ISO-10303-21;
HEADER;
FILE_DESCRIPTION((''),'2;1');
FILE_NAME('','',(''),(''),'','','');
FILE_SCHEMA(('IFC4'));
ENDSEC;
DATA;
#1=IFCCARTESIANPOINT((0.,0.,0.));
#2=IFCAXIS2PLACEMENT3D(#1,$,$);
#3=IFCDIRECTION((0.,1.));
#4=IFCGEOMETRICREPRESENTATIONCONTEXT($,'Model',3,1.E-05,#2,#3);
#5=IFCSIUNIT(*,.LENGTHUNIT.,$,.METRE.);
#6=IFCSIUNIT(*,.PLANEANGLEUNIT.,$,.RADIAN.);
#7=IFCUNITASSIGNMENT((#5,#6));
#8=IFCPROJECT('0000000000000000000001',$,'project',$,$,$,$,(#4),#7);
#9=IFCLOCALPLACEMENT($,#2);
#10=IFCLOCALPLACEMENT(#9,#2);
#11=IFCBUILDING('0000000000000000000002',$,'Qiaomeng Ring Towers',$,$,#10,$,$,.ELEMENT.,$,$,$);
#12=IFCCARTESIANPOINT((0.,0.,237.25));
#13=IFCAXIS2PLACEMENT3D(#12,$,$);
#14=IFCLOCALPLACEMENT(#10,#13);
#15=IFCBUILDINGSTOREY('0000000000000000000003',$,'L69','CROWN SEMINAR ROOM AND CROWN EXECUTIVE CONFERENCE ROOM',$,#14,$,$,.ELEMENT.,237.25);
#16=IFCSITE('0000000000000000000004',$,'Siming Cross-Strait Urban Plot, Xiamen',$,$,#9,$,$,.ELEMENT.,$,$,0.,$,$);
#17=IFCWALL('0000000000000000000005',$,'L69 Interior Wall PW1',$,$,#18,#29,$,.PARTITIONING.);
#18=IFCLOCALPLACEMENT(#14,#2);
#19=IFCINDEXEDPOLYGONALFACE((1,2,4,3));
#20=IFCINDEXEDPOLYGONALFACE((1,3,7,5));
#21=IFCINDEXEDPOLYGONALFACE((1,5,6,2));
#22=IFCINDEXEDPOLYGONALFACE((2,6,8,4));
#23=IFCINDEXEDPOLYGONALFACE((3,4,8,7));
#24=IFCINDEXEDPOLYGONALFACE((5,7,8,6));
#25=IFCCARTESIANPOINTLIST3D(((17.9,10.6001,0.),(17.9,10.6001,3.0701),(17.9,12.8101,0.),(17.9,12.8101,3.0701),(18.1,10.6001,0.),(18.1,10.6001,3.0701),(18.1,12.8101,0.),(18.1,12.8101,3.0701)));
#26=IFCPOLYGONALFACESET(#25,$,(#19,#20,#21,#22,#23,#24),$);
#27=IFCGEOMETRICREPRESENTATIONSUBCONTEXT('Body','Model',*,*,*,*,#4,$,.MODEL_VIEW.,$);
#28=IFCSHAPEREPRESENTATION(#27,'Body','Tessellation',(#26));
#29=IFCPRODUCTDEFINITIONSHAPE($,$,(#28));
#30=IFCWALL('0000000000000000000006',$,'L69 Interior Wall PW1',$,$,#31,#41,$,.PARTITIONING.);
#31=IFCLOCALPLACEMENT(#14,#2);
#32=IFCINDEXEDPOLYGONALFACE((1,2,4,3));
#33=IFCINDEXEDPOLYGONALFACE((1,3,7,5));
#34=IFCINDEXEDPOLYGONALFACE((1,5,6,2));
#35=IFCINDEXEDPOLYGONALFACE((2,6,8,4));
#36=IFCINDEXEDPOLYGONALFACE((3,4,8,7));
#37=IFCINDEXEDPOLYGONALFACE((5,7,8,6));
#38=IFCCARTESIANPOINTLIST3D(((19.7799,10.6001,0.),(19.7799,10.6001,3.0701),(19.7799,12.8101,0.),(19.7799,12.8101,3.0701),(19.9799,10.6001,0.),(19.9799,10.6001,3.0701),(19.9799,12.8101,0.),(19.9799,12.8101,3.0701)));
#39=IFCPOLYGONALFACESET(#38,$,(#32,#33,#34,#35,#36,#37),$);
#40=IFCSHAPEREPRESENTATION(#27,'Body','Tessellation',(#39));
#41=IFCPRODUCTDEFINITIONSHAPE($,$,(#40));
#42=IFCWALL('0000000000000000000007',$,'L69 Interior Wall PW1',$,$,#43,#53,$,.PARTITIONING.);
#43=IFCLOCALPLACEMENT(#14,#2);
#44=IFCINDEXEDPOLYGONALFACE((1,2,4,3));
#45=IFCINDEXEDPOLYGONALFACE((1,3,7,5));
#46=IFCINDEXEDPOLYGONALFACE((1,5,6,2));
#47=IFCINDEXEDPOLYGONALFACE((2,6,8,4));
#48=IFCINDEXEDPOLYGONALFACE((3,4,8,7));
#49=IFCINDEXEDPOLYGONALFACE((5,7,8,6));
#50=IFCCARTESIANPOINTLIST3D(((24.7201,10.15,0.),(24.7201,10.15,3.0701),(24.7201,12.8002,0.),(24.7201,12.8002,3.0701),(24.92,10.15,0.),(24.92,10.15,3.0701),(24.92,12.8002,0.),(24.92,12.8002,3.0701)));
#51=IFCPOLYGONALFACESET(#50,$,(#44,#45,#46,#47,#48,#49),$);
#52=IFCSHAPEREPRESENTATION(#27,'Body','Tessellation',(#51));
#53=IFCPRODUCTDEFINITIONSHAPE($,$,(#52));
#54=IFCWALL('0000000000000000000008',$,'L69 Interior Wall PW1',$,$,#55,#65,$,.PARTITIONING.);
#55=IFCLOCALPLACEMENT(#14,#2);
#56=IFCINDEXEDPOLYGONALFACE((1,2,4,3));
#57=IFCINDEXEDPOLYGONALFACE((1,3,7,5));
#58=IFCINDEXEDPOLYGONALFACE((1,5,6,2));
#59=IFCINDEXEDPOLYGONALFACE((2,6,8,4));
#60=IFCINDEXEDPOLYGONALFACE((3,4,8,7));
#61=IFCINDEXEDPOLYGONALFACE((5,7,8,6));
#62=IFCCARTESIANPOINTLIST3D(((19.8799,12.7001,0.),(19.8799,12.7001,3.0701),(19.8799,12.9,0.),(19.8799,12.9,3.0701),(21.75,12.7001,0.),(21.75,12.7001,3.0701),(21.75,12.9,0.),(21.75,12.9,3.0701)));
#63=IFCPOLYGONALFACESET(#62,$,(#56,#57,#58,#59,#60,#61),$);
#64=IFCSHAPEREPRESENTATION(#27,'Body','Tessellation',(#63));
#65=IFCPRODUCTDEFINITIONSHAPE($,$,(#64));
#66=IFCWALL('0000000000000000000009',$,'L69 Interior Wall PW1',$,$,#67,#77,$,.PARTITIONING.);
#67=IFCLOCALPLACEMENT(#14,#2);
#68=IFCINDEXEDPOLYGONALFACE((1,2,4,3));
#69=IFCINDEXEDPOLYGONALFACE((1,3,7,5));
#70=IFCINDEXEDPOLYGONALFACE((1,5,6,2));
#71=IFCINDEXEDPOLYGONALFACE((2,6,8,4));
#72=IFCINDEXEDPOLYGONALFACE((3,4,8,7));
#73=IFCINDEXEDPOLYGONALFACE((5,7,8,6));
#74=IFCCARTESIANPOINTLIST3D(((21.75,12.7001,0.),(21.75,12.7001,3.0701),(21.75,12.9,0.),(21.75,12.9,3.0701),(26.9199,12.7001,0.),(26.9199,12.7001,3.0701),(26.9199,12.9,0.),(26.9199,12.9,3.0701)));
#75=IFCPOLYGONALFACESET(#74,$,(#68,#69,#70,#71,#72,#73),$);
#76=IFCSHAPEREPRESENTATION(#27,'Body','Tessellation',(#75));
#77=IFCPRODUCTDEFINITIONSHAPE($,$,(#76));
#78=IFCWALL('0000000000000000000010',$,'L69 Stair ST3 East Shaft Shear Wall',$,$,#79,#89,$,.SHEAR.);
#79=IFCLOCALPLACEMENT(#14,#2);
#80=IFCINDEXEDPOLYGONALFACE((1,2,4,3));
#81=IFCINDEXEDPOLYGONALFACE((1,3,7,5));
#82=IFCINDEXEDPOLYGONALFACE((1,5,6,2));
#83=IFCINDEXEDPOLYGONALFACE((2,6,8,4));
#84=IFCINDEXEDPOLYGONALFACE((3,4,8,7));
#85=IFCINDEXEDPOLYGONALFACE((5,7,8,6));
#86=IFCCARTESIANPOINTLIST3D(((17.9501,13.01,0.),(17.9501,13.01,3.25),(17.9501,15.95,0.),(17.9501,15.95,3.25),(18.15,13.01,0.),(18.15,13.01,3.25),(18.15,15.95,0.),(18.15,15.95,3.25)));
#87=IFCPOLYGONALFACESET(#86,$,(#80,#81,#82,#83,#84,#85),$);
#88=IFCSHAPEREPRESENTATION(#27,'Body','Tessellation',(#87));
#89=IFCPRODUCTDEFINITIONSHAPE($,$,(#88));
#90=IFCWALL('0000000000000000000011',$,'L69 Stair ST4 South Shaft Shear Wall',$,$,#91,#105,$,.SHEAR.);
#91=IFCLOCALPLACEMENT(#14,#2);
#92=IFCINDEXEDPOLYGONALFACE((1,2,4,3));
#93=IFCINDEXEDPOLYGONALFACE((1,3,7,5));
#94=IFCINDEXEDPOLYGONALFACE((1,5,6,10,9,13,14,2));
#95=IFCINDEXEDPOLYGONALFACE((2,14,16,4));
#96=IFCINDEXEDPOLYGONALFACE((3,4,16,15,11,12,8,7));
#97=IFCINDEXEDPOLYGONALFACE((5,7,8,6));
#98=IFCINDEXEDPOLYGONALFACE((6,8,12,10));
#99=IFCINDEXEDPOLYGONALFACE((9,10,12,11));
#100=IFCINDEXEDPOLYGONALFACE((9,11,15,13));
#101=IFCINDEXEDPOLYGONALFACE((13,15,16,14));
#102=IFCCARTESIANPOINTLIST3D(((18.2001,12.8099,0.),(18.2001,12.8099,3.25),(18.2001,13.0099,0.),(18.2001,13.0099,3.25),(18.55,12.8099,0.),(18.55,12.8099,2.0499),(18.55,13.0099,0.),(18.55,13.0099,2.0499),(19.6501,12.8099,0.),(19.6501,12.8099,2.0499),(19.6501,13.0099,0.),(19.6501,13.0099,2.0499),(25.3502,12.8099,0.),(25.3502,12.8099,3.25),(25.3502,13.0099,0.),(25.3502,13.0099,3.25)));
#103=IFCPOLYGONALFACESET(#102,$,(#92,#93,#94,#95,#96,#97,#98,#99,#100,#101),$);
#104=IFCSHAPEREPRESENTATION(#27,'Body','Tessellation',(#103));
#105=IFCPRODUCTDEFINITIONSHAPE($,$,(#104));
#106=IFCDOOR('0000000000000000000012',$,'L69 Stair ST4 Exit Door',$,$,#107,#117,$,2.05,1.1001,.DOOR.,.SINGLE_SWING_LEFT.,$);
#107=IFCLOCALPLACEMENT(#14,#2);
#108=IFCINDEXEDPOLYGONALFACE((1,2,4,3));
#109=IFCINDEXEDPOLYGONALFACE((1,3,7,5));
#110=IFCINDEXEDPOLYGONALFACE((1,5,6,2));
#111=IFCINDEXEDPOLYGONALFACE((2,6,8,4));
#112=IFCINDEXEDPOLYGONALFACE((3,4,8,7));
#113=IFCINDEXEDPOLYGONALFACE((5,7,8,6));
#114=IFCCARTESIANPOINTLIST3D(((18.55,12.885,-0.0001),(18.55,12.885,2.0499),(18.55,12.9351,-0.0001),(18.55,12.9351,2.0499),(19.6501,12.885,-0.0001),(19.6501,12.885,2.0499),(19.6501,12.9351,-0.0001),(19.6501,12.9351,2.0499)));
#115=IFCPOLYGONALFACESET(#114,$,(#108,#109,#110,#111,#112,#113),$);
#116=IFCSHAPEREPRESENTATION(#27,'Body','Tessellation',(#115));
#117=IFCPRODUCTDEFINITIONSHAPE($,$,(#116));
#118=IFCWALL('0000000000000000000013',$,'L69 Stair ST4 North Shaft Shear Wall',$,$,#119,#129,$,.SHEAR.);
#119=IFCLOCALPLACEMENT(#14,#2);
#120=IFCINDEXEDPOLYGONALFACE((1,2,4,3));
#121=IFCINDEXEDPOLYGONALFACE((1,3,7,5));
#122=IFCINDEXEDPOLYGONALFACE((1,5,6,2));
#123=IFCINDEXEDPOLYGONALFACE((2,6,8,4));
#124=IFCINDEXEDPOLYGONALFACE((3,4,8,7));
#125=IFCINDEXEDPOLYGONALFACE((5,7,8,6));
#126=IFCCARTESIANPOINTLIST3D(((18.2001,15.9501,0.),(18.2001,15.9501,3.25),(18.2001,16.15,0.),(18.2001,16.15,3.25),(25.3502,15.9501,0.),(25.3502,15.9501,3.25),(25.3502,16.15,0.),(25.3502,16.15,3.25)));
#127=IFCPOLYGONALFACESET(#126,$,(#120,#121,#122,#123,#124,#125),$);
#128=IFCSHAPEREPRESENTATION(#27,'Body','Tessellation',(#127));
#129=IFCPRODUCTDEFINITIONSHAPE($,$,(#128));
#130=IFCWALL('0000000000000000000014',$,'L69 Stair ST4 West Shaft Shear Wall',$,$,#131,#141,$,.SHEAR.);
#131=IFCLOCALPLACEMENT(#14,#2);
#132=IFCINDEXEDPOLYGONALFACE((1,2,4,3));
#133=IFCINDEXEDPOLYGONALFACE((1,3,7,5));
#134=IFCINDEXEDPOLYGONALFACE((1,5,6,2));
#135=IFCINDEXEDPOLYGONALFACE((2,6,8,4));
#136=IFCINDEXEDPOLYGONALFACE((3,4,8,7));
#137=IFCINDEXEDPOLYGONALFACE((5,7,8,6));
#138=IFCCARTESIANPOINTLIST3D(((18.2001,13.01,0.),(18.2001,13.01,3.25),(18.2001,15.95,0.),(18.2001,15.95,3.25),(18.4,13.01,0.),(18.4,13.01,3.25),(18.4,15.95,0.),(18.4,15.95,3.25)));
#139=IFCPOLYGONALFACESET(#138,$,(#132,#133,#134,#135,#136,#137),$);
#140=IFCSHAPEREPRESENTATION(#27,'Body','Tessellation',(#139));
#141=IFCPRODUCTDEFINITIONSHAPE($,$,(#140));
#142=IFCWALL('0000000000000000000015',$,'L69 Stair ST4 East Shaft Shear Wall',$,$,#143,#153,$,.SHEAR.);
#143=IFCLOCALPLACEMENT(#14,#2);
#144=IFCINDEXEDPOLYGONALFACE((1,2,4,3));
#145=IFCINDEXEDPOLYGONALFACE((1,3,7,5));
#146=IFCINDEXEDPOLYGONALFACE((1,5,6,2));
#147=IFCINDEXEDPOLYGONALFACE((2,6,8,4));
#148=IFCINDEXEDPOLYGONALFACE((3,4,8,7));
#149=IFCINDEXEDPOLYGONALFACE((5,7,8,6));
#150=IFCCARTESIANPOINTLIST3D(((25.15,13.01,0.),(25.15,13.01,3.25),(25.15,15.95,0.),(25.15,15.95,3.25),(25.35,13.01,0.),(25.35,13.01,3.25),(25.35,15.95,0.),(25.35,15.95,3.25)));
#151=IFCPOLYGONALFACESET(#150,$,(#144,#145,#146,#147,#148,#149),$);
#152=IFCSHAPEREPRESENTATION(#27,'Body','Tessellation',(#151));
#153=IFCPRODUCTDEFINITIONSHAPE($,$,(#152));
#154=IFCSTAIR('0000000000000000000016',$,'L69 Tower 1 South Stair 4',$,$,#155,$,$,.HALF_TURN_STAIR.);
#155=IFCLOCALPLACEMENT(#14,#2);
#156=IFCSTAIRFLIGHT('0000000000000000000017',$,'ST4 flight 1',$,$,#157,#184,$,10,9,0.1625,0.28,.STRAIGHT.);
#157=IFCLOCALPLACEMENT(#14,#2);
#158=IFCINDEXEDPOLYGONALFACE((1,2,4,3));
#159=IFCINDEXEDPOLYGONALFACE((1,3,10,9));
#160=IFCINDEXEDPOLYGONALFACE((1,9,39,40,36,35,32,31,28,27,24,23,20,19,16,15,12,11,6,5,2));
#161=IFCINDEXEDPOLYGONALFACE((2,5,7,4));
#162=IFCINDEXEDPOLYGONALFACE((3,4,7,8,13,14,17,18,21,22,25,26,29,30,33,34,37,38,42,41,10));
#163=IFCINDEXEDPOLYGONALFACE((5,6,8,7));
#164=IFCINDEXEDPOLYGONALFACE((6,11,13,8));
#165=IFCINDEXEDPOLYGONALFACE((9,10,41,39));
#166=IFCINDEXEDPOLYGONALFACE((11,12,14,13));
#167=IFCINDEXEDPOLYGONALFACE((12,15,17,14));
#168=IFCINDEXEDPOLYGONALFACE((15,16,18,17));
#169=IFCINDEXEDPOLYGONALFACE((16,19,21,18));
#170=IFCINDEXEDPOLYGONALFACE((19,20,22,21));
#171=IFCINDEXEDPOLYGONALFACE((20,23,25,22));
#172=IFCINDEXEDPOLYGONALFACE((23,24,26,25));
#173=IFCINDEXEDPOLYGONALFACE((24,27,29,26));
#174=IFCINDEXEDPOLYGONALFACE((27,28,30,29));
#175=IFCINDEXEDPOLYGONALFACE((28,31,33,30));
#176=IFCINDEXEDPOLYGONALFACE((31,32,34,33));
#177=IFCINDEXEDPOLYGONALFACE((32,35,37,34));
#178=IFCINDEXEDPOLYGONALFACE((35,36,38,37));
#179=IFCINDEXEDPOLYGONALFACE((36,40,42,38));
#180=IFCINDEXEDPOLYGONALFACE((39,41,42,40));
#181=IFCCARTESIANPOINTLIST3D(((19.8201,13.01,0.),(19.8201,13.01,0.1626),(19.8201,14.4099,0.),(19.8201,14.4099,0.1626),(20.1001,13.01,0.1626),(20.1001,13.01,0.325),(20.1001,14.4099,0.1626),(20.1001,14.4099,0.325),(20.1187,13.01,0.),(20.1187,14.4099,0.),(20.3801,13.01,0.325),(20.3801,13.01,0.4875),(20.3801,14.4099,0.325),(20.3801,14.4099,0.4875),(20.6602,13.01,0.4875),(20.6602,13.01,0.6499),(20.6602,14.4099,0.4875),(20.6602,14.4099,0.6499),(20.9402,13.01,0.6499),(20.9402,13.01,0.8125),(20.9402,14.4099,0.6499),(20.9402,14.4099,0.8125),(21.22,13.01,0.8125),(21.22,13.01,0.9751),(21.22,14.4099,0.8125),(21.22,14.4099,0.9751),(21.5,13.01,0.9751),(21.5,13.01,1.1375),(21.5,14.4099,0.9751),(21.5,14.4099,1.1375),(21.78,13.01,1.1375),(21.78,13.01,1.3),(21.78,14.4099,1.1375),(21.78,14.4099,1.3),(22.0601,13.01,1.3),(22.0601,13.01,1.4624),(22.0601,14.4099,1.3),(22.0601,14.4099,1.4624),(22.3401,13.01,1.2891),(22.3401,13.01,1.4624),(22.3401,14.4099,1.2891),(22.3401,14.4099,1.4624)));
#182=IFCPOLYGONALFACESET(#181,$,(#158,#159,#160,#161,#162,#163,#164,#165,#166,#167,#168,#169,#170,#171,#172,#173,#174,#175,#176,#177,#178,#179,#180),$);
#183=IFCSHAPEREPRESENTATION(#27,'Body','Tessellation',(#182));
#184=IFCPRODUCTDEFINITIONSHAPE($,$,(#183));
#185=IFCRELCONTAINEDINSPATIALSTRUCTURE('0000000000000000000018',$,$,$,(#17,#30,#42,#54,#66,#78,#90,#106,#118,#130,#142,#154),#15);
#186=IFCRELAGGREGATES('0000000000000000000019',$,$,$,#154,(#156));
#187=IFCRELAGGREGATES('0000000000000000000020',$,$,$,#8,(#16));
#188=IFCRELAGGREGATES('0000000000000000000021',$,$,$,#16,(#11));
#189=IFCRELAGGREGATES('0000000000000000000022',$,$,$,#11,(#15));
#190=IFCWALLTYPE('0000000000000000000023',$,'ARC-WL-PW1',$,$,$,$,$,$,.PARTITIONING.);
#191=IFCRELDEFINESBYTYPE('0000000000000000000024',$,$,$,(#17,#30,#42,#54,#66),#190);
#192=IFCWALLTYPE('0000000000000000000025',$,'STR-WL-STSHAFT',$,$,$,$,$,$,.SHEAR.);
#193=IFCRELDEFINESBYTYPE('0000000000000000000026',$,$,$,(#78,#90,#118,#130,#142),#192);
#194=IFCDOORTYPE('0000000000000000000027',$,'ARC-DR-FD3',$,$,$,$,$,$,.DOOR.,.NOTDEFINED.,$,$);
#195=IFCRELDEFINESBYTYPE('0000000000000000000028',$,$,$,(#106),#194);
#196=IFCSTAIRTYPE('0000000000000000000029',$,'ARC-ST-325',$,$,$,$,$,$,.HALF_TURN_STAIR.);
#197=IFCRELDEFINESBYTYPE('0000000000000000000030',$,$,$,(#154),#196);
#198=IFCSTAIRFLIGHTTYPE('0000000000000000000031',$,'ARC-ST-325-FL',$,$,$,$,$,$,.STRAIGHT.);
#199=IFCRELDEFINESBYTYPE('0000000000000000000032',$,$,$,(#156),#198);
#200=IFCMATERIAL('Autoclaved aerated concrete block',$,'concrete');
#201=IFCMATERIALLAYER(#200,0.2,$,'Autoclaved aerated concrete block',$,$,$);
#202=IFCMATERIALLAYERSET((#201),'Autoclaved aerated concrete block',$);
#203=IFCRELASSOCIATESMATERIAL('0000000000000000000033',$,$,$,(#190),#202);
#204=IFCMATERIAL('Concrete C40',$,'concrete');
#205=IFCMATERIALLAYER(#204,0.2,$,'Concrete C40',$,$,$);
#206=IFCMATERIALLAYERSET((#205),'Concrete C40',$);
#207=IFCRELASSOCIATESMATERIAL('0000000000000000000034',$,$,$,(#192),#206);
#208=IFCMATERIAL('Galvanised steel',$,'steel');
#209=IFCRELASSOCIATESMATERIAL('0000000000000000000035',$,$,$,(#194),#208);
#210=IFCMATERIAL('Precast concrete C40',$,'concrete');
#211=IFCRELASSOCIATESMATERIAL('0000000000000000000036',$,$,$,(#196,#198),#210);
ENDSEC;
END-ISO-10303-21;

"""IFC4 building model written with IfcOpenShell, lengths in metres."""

from ifc_helpers import new_model, si_unit, direction, frame, frame_2d, origin, place, context, subcontext, project, spatial, polyline, rectangle, outline, extrude, source, transform, mapped, material, layer, layer_set, type_object, element, fill, aggregate, save


model = new_model("IFC4")

# Units and contexts
model_context = context("Model", 3, precision=1e-05, world=origin(), true_north=direction((0.0, 1.0)))
body_context = subcontext(model_context, "Body", "Model", "MODEL_VIEW")
ifc_project = project(units=[si_unit("LENGTHUNIT", "METRE"), si_unit("PLANEANGLEUNIT", "RADIAN")], contexts=[model_context])

# Site, building, storey
site_placement = place(None, origin())
site = spatial("IfcSite", under=ifc_project, at=site_placement, Name="Siming Cross-Strait Urban Plot, Xiamen", CompositionType="ELEMENT", RefElevation=0.0)
building_placement = place(site_placement, origin())
building = spatial("IfcBuilding", under=site, at=building_placement, Name="Qiaomeng Ring Towers", CompositionType="ELEMENT")
storey_placement = place(building_placement, frame((0.0, 0.0, 237.25)))
storey = spatial("IfcBuildingStorey", under=building, at=storey_placement, Name="L69", Description="CROWN SEMINAR ROOM AND CROWN EXECUTIVE CONFERENCE ROOM", CompositionType="ELEMENT", Elevation=237.25)

# Walls
ifc_material_1 = material(Name="Autoclaved aerated concrete block", Category="concrete")
ifc_layer_1 = layer(ifc_material_1, 0.2, Name="Autoclaved aerated concrete block")
ifc_layer_set_1 = layer_set([ifc_layer_1], Name="Autoclaved aerated concrete block")
wall_type_1 = type_object("IfcWallType", Name="ARC-WL-PW1", PredefinedType="PARTITIONING", material=ifc_layer_set_1)
for number, where, z_axis, x_axis, name in (
    (1, (18.0, 10.6001, 0.0), (0.0, 0.0, 1.0), (0.0, 1.0, 0.0), "L69 Interior Wall PW1"),
    (2, (19.8799, 10.6001, 0.0), (0.0, 0.0, 1.0), (0.0, 1.0, 0.0), "L69 Interior Wall PW1"),
):
    element("IfcWall", number, at=place(storey_placement, frame(where, z_axis=z_axis, x_axis=x_axis)), inside=storey, type_object=wall_type_1, Name=name, PredefinedType="PARTITIONING", context=body_context, shape_type="SweptSolid", body=[
        extrude(rectangle(XDim=2.21, YDim=0.2, at=frame_2d((1.105, 0.0))), origin(), (0.0, 0.0, 1.0), 3.0701),
    ])
wall_1_placement = place(storey_placement, frame((24.8201, 10.1499, 0.0), z_axis=(0.0, 0.0, 1.0), x_axis=(0.0, 1.0, 0.0)))
element("IfcWall", 3, at=wall_1_placement, inside=storey, type_object=wall_type_1, Name="L69 Interior Wall PW1", PredefinedType="PARTITIONING", context=body_context, shape_type="SweptSolid", body=[
    extrude(rectangle(XDim=2.6501, YDim=0.2, at=frame_2d((1.3252, 0.0))), origin(), (0.0, 0.0, 1.0), 3.0701),
])
wall_2_placement = place(storey_placement, frame((19.8799, 12.8, 0.0), z_axis=(0.0, 0.0, 1.0), x_axis=(1.0, 0.0, 0.0)))
element("IfcWall", 4, at=wall_2_placement, inside=storey, type_object=wall_type_1, Name="L69 Interior Wall PW1", PredefinedType="PARTITIONING", context=body_context, shape_type="SweptSolid", body=[
    extrude(rectangle(XDim=1.8701, YDim=0.2, at=frame_2d((0.9351, 0.0))), origin(), (0.0, 0.0, 1.0), 3.0701),
])
wall_3_placement = place(storey_placement, frame((21.75, 12.8, 0.0), z_axis=(0.0, 0.0, 1.0), x_axis=(1.0, 0.0, 0.0)))
element("IfcWall", 5, at=wall_3_placement, inside=storey, type_object=wall_type_1, Name="L69 Interior Wall PW1", PredefinedType="PARTITIONING", context=body_context, shape_type="SweptSolid", body=[
    extrude(rectangle(XDim=5.1699, YDim=0.2, at=frame_2d((2.585, 0.0))), origin(), (0.0, 0.0, 1.0), 3.0701),
])
ifc_material_2 = material(Name="Concrete C40", Category="concrete")
ifc_layer_2 = layer(ifc_material_2, 0.2, Name="Concrete C40")
ifc_layer_set_2 = layer_set([ifc_layer_2], Name="Concrete C40")
wall_type_2 = type_object("IfcWallType", Name="STR-WL-STSHAFT", PredefinedType="SHEAR", material=ifc_layer_set_2)
wall_4_placement = place(storey_placement, frame((18.05, 13.01, 0.0), z_axis=(0.0, 0.0, 1.0), x_axis=(0.0, 1.0, 0.0)))
element("IfcWall", 6, at=wall_4_placement, inside=storey, type_object=wall_type_2, Name="L69 Stair ST3 East Shaft Shear Wall", PredefinedType="SHEAR", context=body_context, shape_type="SweptSolid", body=[
    extrude(rectangle(XDim=2.9399, YDim=0.2, at=frame_2d((1.47, 0.0))), origin(), (0.0, 0.0, 1.0), 3.25),
])

# Wall, opening, door
wall_5_placement = place(storey_placement, frame((18.2, 12.9099, 0.0), z_axis=(0.0, 0.0, 1.0), x_axis=(1.0, 0.0, 0.0)))
wall_5 = element("IfcWall", 7, at=wall_5_placement, inside=storey, type_object=wall_type_2, Name="L69 Stair ST4 South Shaft Shear Wall", PredefinedType="SHEAR", context=body_context, shape_type="SweptSolid", body=[
    extrude(rectangle(XDim=7.1501, YDim=0.2, at=frame_2d((3.5752, 0.0))), origin(), (0.0, 0.0, 1.0), 3.25),
])
opening_placement = place(wall_5_placement, frame((0.3501, 0.0, 0.0)))
opening = element("IfcOpeningElement", 8, at=opening_placement, cuts=wall_5, PredefinedType="OPENING", context=body_context, shape_type="SweptSolid", body=[
    extrude(rectangle(XDim=1.1001, YDim=2.05, at=frame_2d((0.55, 1.0249))), frame((0.0, 0.1099, 0.0), z_axis=(0.0, -1.0, 0.0), x_axis=(1.0, 0.0, 0.0)), (0.0, 0.0, 1.0), 0.22),
])
ifc_material_3 = material(Name="Galvanised steel", Category="steel")
door_type = type_object("IfcDoorType", Name="ARC-DR-FD3", OperationType="NOTDEFINED", PredefinedType="DOOR", material=ifc_material_3)
shared_shape_1 = source(origin(), body_context, "Body", "SweptSolid", [
    extrude(rectangle(XDim=1.1001, YDim=2.05, at=frame_2d((0.55, 1.0249))), frame((0.0, 0.0249, 0.0), z_axis=(0.0, -1.0, 0.0), x_axis=(1.0, 0.0, 0.0)), (0.0, 0.0, 1.0), 0.05),
])
door_placement = place(opening_placement, frame((1.1001, 0.0, 0.0), z_axis=(0.0, 0.0, 1.0), x_axis=(-1.0, 0.0, 0.0)))
door = element("IfcDoor", 9, at=door_placement, inside=storey, type_object=door_type, Name="L69 Stair ST4 Exit Door", OperationType="SINGLE_SWING_LEFT", OverallHeight=2.05, OverallWidth=1.1001, PredefinedType="DOOR", context=body_context, shape_type="MappedRepresentation", body=[
    mapped(shared_shape_1, transform((0.0, 0.0, 0.0), x_axis=(1.0, 0.0, 0.0), y_axis=(0.0, 1.0, 0.0), z_axis=(0.0, 0.0, 1.0), scale=1.0)),
])
fill(opening, door)

# Walls
wall_6_placement = place(storey_placement, frame((18.2, 16.05, 0.0), z_axis=(0.0, 0.0, 1.0), x_axis=(1.0, 0.0, 0.0)))
element("IfcWall", 10, at=wall_6_placement, inside=storey, type_object=wall_type_2, Name="L69 Stair ST4 North Shaft Shear Wall", PredefinedType="SHEAR", context=body_context, shape_type="SweptSolid", body=[
    extrude(rectangle(XDim=7.1501, YDim=0.2, at=frame_2d((3.5752, 0.0))), origin(), (0.0, 0.0, 1.0), 3.25),
])
for number, where, z_axis, x_axis, name in (
    (11, (18.3, 13.01, 0.0), (0.0, 0.0, 1.0), (0.0, 1.0, 0.0), "L69 Stair ST4 West Shaft Shear Wall"),
    (12, (25.25, 13.01, 0.0), (0.0, 0.0, 1.0), (0.0, 1.0, 0.0), "L69 Stair ST4 East Shaft Shear Wall"),
):
    element("IfcWall", number, at=place(storey_placement, frame(where, z_axis=z_axis, x_axis=x_axis)), inside=storey, type_object=wall_type_2, Name=name, PredefinedType="SHEAR", context=body_context, shape_type="SweptSolid", body=[
        extrude(rectangle(XDim=2.9399, YDim=0.2, at=frame_2d((1.47, 0.0))), origin(), (0.0, 0.0, 1.0), 3.25),
    ])

# Stair, stair flight
ifc_material_4 = material(Name="Precast concrete C40", Category="concrete")
stair_type = type_object("IfcStairType", Name="ARC-ST-325", PredefinedType="HALF_TURN_STAIR", material=ifc_material_4)
stair_placement = place(storey_placement, origin())
stair = element("IfcStair", 13, at=stair_placement, inside=storey, type_object=stair_type, Name="L69 Tower 1 South Stair 4", PredefinedType="HALF_TURN_STAIR")
stair_flight_type = type_object("IfcStairFlightType", Name="ARC-ST-325-FL", PredefinedType="STRAIGHT", material=ifc_material_4)
shared_shape_2 = source(origin(), body_context, "Body", "SweptSolid", [
    extrude(outline(polyline([(0.0, 0.0), (0.0, 0.1626), (0.28, 0.1626), (0.28, 0.325), (0.5601, 0.325), (0.5601, 0.4875), (0.8401, 0.4875), (0.8401, 0.6499), (1.1201, 0.6499), (1.1201, 0.8125), (1.3999, 0.8125), (1.3999, 0.9751), (1.6799, 0.9751), (1.6799, 1.1375), (1.96, 1.1375), (1.96, 1.3), (2.24, 1.3), (2.24, 1.4624), (2.52, 1.4624), (2.52, 1.625), (2.52, 1.2891), (0.2986, 0.0), (0.0, 0.0)])), frame((0.0, 0.7, 0.0), z_axis=(0.0, -1.0, 0.0), x_axis=(1.0, 0.0, 0.0)), (0.0, 0.0, 1.0), 1.3999),
])
stair_flight_1_placement = place(storey_placement, frame((19.8201, 13.71, 0.0), z_axis=(0.0, 0.0, 1.0), x_axis=(1.0, 0.0, 0.0)))
stair_flight_1 = element("IfcStairFlight", 14, at=stair_flight_1_placement, type_object=stair_flight_type, Name="ST4 flight 1", NumberOfRisers=10, NumberOfTreads=9, PredefinedType="STRAIGHT", RiserHeight=0.1625, TreadLength=0.28, context=body_context, shape_type="MappedRepresentation", body=[
    mapped(shared_shape_2, transform((0.0, 0.0, 0.0), x_axis=(1.0, 0.0, 0.0), y_axis=(0.0, 1.0, 0.0), z_axis=(0.0, 0.0, 1.0), scale=1.0)),
])
aggregate(stair, [stair_flight_1])

save(model, "model.ifc")
